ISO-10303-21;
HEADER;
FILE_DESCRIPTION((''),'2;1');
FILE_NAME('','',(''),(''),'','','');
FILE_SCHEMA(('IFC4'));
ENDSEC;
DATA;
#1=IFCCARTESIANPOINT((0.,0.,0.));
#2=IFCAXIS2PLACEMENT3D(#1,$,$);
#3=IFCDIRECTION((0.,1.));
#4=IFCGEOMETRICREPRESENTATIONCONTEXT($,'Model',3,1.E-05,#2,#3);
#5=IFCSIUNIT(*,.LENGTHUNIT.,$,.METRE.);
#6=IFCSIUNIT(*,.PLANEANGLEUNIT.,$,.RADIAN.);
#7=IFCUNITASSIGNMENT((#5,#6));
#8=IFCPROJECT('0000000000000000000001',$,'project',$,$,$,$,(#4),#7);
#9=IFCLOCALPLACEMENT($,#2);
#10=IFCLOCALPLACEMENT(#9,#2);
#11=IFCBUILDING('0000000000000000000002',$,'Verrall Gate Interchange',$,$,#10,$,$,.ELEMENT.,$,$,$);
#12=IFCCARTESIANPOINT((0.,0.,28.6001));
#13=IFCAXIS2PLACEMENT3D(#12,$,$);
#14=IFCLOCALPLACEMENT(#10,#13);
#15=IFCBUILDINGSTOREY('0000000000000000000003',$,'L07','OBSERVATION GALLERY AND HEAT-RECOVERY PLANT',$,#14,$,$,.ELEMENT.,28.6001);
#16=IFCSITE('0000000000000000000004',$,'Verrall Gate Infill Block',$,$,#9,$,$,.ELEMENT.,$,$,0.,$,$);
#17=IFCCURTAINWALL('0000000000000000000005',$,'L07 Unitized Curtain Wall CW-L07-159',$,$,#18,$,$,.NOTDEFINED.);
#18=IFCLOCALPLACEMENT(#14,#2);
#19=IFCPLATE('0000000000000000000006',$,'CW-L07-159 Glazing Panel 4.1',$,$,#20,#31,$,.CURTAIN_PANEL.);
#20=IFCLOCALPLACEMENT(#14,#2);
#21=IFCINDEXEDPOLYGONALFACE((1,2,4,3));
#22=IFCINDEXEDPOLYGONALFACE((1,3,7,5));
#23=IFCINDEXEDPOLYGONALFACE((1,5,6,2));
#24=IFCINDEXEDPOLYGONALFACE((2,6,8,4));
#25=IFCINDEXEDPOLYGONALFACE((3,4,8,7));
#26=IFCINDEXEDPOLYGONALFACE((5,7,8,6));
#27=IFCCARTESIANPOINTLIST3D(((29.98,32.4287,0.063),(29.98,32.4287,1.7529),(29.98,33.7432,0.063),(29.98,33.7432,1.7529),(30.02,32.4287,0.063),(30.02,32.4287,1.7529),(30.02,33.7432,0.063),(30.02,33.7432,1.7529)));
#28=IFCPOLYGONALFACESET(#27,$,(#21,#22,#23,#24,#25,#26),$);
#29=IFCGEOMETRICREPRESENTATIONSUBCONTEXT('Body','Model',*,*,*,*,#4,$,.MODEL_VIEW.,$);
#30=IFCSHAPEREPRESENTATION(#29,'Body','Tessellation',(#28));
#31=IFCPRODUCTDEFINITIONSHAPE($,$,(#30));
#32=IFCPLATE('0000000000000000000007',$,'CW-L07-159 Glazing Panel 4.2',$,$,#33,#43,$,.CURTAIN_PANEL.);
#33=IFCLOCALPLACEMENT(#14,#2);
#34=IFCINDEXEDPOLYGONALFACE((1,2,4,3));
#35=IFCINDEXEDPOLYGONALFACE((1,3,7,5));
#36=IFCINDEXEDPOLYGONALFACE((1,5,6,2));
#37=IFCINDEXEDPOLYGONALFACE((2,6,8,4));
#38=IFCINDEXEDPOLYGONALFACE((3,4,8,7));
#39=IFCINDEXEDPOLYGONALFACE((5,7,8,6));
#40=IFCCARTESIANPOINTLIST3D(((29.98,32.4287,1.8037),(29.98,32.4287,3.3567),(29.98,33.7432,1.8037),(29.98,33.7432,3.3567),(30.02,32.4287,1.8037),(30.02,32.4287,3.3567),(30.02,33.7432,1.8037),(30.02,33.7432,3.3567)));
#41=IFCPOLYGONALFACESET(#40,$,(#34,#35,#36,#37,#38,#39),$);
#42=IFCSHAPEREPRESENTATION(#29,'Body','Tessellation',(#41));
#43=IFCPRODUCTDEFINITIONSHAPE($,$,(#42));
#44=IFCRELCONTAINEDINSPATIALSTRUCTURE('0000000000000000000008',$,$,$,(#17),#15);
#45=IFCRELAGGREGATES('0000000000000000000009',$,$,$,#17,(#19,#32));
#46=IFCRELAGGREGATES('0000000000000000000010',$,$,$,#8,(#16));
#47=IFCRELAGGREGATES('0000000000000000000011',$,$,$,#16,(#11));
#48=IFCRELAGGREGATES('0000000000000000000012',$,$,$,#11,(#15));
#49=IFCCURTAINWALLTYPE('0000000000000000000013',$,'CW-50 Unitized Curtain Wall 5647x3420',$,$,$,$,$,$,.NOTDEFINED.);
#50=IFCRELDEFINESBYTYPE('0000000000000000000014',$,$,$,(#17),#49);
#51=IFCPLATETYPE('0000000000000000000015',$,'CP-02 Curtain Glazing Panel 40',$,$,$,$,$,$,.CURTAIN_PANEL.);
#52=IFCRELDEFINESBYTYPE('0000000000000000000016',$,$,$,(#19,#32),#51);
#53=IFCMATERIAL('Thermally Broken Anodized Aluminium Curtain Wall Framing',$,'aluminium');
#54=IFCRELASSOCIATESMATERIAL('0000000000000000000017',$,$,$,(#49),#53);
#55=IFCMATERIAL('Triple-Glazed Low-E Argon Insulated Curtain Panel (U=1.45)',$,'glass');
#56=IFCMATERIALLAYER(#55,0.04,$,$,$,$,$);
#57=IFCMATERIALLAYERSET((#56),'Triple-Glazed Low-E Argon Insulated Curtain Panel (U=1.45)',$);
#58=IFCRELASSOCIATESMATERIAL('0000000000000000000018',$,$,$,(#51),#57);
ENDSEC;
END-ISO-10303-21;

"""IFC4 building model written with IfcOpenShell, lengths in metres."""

from ifc_helpers import new_model, si_unit, direction, frame, origin, origin_2d, place, context, subcontext, project, spatial, rectangle, extrude, material, layer, layer_set, type_object, element, aggregate, save


model = new_model("IFC4")

# Units and contexts
model_context = context("Model", 3, precision=1e-05, world=origin(), true_north=direction((0.0, 1.0)))
body_context = subcontext(model_context, "Body", "Model", "MODEL_VIEW")
ifc_project = project(units=[si_unit("LENGTHUNIT", "METRE"), si_unit("PLANEANGLEUNIT", "RADIAN")], contexts=[model_context])

# Site, building, storey
site_placement = place(None, origin())
site = spatial("IfcSite", under=ifc_project, at=site_placement, Name="Verrall Gate Infill Block", CompositionType="ELEMENT", RefElevation=0.0)
building_placement = place(site_placement, origin())
building = spatial("IfcBuilding", under=site, at=building_placement, Name="Verrall Gate Interchange", CompositionType="ELEMENT")
storey_placement = place(building_placement, frame((0.0, 0.0, 28.6001)))
storey = spatial("IfcBuildingStorey", under=building, at=storey_placement, Name="L07", Description="OBSERVATION GALLERY AND HEAT-RECOVERY PLANT", CompositionType="ELEMENT", Elevation=28.6001)

# Curtain wall
ifc_material_1 = material(Name="Thermally Broken Anodized Aluminium Curtain Wall Framing", Category="aluminium")
curtain_wall_type = type_object("IfcCurtainWallType", Name="CW-50 Unitized Curtain Wall 5647x3420", PredefinedType="NOTDEFINED", material=ifc_material_1)
curtain_wall_1_placement = place(storey_placement, origin())
curtain_wall_1 = element("IfcCurtainWall", 1, at=curtain_wall_1_placement, inside=storey, type_object=curtain_wall_type, Name="L07 Unitized Curtain Wall CW-L07-159", PredefinedType="NOTDEFINED")

# Plates
ifc_material_2 = material(Name="Triple-Glazed Low-E Argon Insulated Curtain Panel (U=1.45)", Category="glass")
ifc_layer_1 = layer(ifc_material_2, 0.04)
ifc_layer_set_1 = layer_set([ifc_layer_1], Name="Triple-Glazed Low-E Argon Insulated Curtain Panel (U=1.45)")
plate_type_1 = type_object("IfcPlateType", Name="CP-02 Curtain Glazing Panel 40", PredefinedType="CURTAIN_PANEL", material=ifc_layer_set_1)
plate_1_placement = place(storey_placement, frame((30.0, 33.0859, 0.063), z_axis=(0.0, 0.0, 1.0), x_axis=(0.0, 1.0, 0.0)))
plate_1 = element("IfcPlate", 2, at=plate_1_placement, type_object=plate_type_1, Name="CW-L07-159 Glazing Panel 4.1", PredefinedType="CURTAIN_PANEL", context=body_context, shape_type="SweptSolid", body=[
    extrude(rectangle(XDim=1.3145, YDim=0.04, at=origin_2d()), origin(), (0.0, 0.0, 1.0), 1.6899),
])
plate_2_placement = place(storey_placement, frame((30.0, 33.0859, 1.8037), z_axis=(0.0, 0.0, 1.0), x_axis=(0.0, 1.0, 0.0)))
plate_2 = element("IfcPlate", 3, at=plate_2_placement, type_object=plate_type_1, Name="CW-L07-159 Glazing Panel 4.2", PredefinedType="CURTAIN_PANEL", context=body_context, shape_type="SweptSolid", body=[
    extrude(rectangle(XDim=1.3145, YDim=0.04, at=origin_2d()), origin(), (0.0, 0.0, 1.0), 1.553),
])
aggregate(curtain_wall_1, [plate_1, plate_2])

save(model, "model.ifc")
